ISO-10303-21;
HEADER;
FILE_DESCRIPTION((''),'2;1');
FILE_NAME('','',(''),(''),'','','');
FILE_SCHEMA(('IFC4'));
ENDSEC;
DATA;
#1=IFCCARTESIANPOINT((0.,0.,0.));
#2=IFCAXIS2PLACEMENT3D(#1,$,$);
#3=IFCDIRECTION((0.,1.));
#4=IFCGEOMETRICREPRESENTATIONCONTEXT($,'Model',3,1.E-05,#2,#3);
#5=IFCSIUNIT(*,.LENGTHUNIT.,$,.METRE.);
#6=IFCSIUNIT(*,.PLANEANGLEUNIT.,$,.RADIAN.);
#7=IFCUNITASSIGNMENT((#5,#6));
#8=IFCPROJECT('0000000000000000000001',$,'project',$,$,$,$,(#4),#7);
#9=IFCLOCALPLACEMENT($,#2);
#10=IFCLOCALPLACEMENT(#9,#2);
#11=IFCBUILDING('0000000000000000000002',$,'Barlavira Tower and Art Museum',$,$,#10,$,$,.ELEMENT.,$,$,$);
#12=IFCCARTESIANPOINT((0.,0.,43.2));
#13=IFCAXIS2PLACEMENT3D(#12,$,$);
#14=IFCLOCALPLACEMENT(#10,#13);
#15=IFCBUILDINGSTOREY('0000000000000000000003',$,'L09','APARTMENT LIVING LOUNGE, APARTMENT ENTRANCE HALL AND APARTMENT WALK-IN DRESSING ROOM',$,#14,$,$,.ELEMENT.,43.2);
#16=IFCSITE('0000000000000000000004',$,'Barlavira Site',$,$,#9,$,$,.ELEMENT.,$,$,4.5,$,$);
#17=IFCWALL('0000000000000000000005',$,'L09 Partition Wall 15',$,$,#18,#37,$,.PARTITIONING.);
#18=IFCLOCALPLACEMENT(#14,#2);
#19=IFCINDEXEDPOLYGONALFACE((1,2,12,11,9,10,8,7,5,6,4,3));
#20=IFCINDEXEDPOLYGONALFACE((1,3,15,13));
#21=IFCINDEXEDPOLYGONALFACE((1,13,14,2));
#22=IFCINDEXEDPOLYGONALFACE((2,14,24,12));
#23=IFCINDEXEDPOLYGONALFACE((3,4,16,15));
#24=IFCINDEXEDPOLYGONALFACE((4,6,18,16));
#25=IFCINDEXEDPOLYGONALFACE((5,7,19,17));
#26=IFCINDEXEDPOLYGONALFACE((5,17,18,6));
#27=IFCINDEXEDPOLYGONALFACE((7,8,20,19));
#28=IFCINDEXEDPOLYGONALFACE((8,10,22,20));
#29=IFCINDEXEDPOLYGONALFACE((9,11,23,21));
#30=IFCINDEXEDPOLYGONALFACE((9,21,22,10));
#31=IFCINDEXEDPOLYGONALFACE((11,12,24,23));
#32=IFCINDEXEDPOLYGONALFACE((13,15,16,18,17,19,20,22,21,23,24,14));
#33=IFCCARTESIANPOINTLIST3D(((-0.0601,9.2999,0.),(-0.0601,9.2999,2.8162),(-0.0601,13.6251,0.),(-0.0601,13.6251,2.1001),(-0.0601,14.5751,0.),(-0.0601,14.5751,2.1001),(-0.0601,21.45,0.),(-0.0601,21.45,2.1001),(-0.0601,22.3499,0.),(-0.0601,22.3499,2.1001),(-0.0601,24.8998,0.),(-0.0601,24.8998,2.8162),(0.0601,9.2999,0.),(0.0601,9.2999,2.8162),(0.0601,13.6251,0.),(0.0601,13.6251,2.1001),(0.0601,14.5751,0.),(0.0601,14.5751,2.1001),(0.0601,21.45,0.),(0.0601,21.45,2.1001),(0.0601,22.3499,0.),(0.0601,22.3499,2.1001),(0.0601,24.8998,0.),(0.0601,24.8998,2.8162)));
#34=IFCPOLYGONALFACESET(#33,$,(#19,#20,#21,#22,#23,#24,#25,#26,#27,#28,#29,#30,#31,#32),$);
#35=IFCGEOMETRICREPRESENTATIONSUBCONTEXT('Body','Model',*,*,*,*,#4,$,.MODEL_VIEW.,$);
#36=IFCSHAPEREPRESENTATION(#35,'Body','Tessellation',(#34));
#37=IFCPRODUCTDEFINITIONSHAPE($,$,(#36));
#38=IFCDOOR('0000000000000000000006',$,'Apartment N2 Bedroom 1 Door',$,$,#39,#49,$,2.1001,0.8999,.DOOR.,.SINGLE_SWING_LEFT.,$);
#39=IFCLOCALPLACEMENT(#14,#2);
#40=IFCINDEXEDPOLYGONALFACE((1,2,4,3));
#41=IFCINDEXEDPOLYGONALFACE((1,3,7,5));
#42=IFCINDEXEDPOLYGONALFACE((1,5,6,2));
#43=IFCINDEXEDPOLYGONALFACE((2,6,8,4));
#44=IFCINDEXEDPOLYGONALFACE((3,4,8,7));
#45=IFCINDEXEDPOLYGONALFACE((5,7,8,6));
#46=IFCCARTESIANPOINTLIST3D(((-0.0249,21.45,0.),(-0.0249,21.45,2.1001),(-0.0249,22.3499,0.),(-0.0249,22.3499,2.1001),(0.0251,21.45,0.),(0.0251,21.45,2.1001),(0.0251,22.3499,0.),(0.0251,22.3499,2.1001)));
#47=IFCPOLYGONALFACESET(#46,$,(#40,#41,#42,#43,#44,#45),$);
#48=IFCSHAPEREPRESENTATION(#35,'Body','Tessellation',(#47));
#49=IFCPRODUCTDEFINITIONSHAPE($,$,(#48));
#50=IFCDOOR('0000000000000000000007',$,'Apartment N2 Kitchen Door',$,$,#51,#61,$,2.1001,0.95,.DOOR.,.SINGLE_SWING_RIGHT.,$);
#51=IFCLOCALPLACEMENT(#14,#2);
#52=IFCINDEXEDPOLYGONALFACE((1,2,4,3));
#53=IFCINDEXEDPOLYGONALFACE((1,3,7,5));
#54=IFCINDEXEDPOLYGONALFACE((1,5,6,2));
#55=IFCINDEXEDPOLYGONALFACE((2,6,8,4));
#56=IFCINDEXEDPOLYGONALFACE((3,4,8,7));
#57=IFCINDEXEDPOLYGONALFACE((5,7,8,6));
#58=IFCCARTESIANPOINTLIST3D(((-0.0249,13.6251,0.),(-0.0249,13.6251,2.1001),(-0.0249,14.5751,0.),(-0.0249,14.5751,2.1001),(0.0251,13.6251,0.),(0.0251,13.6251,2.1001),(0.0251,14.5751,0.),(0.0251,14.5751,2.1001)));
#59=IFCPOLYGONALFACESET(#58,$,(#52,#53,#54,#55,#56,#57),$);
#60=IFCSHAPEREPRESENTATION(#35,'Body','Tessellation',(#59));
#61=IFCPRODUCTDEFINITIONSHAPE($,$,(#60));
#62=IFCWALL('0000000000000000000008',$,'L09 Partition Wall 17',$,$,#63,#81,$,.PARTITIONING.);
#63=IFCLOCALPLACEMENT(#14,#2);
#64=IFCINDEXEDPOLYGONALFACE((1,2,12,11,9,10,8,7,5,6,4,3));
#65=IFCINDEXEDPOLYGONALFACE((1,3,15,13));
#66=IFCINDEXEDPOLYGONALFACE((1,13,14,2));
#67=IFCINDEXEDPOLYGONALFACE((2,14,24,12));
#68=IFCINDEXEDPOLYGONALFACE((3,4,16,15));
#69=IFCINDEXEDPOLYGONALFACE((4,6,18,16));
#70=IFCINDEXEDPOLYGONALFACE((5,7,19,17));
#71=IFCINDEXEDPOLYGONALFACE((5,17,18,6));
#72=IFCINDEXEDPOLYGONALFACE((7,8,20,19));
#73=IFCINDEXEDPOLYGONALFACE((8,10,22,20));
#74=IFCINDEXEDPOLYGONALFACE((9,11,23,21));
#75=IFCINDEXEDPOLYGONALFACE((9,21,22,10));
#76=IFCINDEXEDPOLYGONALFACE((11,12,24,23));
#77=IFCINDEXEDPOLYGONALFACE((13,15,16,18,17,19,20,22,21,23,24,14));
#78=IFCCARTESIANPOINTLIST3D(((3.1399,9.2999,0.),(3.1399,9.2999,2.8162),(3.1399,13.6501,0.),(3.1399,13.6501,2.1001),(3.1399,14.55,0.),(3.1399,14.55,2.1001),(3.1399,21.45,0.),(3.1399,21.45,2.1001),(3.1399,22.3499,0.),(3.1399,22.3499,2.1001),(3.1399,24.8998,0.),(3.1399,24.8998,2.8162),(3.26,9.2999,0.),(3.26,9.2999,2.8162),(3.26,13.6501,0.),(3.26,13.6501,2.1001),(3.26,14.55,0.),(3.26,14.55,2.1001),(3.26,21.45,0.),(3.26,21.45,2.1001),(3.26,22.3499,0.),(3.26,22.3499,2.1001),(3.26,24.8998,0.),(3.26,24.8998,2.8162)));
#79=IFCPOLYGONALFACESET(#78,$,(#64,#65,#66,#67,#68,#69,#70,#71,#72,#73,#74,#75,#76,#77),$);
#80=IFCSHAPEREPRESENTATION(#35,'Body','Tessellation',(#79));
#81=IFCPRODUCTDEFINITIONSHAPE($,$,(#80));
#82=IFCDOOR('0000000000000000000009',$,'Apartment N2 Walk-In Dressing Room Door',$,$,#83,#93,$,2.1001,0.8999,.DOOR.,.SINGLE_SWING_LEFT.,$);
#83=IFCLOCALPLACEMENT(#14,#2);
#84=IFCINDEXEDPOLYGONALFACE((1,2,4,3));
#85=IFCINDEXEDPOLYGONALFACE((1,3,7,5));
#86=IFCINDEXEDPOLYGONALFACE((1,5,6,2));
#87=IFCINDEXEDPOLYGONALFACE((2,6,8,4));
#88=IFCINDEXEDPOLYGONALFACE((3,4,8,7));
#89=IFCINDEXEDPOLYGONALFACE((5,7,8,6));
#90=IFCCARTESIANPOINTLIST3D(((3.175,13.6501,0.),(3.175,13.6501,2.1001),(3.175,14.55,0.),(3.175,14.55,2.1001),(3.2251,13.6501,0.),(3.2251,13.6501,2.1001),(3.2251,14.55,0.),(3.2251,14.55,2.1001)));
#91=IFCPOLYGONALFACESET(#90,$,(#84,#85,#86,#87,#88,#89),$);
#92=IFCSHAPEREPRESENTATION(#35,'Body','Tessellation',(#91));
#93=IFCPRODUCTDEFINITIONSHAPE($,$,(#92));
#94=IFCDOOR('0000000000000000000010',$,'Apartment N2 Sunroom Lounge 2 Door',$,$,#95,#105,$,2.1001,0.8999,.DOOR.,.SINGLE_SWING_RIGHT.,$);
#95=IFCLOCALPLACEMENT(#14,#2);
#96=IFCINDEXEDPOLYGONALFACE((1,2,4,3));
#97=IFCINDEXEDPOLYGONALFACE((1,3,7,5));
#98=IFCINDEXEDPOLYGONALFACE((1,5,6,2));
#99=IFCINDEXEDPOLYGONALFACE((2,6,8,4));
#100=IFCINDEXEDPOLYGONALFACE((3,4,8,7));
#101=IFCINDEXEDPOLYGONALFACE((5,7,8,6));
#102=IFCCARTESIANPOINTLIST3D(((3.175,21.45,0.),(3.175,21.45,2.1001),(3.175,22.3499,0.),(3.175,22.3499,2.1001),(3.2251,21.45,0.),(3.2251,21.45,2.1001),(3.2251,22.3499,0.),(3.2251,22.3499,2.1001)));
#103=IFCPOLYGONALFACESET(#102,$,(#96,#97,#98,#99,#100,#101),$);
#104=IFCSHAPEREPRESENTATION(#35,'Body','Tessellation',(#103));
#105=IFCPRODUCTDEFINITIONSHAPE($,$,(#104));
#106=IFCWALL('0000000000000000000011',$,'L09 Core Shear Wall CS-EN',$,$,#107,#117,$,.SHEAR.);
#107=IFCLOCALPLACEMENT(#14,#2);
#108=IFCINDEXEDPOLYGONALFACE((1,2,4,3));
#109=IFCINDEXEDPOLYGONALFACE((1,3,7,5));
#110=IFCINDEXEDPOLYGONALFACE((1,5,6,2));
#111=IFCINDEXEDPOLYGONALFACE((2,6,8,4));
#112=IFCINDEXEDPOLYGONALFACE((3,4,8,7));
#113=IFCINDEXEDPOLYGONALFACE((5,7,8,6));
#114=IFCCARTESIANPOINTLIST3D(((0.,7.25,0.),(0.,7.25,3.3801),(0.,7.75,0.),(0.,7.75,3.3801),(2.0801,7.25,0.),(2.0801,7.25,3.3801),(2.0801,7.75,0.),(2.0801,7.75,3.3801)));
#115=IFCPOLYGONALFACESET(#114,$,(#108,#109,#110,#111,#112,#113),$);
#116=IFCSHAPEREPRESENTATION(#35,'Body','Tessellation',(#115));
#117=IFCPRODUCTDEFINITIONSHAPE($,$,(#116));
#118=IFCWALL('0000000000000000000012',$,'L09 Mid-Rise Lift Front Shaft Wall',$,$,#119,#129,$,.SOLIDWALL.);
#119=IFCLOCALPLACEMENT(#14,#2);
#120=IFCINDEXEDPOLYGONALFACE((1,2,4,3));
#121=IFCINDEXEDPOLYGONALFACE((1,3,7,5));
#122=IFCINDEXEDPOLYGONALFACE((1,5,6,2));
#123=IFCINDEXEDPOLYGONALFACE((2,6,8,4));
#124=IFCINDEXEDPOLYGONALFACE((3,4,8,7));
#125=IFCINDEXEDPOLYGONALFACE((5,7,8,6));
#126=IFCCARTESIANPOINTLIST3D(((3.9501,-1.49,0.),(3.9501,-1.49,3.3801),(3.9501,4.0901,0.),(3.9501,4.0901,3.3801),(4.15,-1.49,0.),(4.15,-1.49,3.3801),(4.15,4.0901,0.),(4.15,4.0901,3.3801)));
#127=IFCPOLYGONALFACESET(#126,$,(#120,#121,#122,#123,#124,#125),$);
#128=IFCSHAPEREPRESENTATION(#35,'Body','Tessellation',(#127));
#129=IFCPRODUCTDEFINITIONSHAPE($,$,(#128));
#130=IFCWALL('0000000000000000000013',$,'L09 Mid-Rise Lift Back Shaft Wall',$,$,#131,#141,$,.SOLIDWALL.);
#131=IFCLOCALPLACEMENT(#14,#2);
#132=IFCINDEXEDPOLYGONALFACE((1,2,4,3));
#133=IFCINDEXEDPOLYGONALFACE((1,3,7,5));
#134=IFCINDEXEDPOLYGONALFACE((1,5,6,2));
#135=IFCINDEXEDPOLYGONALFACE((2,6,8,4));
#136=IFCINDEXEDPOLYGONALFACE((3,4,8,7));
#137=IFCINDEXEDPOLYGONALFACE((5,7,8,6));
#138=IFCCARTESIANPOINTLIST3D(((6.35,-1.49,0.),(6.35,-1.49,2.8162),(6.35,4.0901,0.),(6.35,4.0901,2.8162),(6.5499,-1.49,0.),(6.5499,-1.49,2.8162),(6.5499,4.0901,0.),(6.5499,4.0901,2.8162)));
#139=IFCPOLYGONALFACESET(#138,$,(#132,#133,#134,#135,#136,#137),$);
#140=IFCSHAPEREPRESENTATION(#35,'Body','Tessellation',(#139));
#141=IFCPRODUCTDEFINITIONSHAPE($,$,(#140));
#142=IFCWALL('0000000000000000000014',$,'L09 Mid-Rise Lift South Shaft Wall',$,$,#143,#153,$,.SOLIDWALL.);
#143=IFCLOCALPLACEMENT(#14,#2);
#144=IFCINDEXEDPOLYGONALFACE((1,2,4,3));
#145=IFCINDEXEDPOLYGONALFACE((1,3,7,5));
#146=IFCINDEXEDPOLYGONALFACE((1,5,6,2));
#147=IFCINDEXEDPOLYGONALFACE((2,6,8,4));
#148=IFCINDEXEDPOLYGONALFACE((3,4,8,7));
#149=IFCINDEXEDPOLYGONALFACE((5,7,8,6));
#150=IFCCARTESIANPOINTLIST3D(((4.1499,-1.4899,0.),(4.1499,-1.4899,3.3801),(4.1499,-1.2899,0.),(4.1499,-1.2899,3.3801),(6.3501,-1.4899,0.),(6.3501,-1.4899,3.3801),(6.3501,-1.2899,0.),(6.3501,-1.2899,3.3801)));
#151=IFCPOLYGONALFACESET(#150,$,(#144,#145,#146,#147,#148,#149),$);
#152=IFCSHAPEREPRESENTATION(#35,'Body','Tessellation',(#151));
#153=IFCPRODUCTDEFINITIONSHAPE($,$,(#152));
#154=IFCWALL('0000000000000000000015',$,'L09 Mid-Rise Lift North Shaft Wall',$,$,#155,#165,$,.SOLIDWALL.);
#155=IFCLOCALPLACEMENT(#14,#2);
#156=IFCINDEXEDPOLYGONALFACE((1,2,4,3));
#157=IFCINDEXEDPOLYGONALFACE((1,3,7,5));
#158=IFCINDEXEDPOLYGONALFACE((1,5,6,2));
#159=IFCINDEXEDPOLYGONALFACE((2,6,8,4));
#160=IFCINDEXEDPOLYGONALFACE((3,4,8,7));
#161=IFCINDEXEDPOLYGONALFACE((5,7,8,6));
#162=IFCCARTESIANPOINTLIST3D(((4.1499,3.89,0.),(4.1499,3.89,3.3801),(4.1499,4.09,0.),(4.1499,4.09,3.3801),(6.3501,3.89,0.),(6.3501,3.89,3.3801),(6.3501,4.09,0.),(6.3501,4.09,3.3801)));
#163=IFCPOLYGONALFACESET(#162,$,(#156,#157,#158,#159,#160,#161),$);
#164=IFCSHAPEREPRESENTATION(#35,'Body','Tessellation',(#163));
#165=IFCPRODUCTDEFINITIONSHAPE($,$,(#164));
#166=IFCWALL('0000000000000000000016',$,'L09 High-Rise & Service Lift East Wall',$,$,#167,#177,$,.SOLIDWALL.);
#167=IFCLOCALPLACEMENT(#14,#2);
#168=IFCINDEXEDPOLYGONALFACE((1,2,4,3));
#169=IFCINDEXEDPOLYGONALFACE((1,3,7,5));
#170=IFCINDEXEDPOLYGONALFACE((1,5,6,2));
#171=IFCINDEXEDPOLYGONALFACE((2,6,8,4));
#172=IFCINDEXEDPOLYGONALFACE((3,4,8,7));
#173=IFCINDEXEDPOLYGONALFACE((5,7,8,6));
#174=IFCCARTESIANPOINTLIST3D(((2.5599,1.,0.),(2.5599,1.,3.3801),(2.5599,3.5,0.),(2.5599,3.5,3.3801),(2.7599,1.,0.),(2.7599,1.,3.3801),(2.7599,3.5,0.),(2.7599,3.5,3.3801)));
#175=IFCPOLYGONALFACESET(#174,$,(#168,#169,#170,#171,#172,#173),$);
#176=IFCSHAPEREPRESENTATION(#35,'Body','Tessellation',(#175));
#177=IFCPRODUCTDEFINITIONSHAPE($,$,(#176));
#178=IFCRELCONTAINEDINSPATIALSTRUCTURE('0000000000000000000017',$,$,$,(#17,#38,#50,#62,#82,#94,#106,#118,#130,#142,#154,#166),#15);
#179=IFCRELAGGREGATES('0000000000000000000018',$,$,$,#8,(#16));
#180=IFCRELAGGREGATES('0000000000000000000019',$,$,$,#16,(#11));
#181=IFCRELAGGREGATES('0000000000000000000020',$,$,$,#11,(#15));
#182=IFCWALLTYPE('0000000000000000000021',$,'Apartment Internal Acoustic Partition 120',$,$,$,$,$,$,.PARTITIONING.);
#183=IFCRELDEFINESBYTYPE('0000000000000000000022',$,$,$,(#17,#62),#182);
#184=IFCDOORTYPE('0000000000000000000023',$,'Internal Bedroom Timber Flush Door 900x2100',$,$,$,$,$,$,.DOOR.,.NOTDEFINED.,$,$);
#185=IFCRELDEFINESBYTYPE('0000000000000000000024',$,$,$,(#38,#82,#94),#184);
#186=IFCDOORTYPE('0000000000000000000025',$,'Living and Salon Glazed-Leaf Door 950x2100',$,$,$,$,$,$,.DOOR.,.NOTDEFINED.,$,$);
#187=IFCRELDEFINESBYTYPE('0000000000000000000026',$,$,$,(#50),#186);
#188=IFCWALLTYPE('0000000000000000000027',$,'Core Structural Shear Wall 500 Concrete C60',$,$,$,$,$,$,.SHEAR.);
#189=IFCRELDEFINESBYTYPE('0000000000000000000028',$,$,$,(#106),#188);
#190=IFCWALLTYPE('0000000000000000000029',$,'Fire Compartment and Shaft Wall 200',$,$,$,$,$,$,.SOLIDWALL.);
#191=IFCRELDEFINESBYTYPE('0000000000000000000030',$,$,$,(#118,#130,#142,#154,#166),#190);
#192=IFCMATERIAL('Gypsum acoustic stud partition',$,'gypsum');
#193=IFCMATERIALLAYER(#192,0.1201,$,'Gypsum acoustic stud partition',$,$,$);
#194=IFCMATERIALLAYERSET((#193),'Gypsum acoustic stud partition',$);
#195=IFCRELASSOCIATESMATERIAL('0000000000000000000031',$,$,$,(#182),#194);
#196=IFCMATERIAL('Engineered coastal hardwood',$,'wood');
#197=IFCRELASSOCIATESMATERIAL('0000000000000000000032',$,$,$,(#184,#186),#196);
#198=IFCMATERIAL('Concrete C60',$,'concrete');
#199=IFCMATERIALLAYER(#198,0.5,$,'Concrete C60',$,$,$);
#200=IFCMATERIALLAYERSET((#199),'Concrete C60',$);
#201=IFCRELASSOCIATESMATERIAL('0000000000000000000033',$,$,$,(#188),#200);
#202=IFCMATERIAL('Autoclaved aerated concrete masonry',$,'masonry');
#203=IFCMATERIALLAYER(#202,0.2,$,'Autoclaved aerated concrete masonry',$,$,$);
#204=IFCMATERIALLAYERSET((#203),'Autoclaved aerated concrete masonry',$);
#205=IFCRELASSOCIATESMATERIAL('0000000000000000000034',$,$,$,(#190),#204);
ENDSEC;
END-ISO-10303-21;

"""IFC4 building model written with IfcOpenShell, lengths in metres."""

from ifc_helpers import new_model, si_unit, direction, frame, frame_2d, origin, place, context, subcontext, project, spatial, rectangle, extrude, material, layer, layer_set, type_object, element, fill, save


model = new_model("IFC4")

# Units and contexts
model_context = context("Model", 3, precision=1e-05, world=origin(), true_north=direction((0.0, 1.0)))
body_context = subcontext(model_context, "Body", "Model", "MODEL_VIEW")
ifc_project = project(units=[si_unit("LENGTHUNIT", "METRE"), si_unit("PLANEANGLEUNIT", "RADIAN")], contexts=[model_context])

# Site, building, storey
site_placement = place(None, origin())
site = spatial("IfcSite", under=ifc_project, at=site_placement, Name="Barlavira Site", CompositionType="ELEMENT", RefElevation=4.5)
building_placement = place(site_placement, origin())
building = spatial("IfcBuilding", under=site, at=building_placement, Name="Barlavira Tower and Art Museum", CompositionType="ELEMENT")
storey_placement = place(building_placement, frame((0.0, 0.0, 43.2)))
storey = spatial("IfcBuildingStorey", under=building, at=storey_placement, Name="L09", Description="APARTMENT LIVING LOUNGE, APARTMENT ENTRANCE HALL AND APARTMENT WALK-IN DRESSING ROOM", CompositionType="ELEMENT", Elevation=43.2)

# Walls, openings, doors
ifc_material_1 = material(Name="Gypsum acoustic stud partition", Category="gypsum")
ifc_layer_1 = layer(ifc_material_1, 0.1201, Name="Gypsum acoustic stud partition")
ifc_layer_set_1 = layer_set([ifc_layer_1], Name="Gypsum acoustic stud partition")
wall_type_1 = type_object("IfcWallType", Name="Apartment Internal Acoustic Partition 120", PredefinedType="PARTITIONING", material=ifc_layer_set_1)
wall_1_placement = place(storey_placement, frame((0.0, 9.3, 0.0), z_axis=(0.0, 0.0, 1.0), x_axis=(0.0, 1.0, 0.0)))
wall_1 = element("IfcWall", 1, at=wall_1_placement, inside=storey, type_object=wall_type_1, Name="L09 Partition Wall 15", PredefinedType="PARTITIONING", context=body_context, shape_type="SweptSolid", body=[
    extrude(rectangle(XDim=15.5999, YDim=0.1201, at=frame_2d((7.7998, 0.0))), origin(), (0.0, 0.0, 1.0), 2.8162),
])
opening_1_placement = place(wall_1_placement, frame((4.325, 0.0, 0.0)))
opening_1 = element("IfcOpeningElement", 2, at=opening_1_placement, cuts=wall_1, PredefinedType="OPENING", context=body_context, shape_type="SweptSolid", body=[
    extrude(rectangle(XDim=0.95, YDim=2.1001, at=frame_2d((0.4751, 1.05))), frame((0.0, 0.0701, 0.0), z_axis=(0.0, -1.0, 0.0), x_axis=(1.0, 0.0, 0.0)), (0.0, 0.0, 1.0), 0.1401),
])
opening_2_placement = place(wall_1_placement, frame((12.1499, 0.0, 0.0)))
opening_2 = element("IfcOpeningElement", 3, at=opening_2_placement, cuts=wall_1, PredefinedType="OPENING", context=body_context, shape_type="SweptSolid", body=[
    extrude(rectangle(XDim=0.8999, YDim=2.1001, at=frame_2d((0.45, 1.05))), frame((0.0, 0.0701, 0.0), z_axis=(0.0, -1.0, 0.0), x_axis=(1.0, 0.0, 0.0)), (0.0, 0.0, 1.0), 0.1401),
])
ifc_material_2 = material(Name="Engineered coastal hardwood", Category="wood")
door_type_1 = type_object("IfcDoorType", Name="Internal Bedroom Timber Flush Door 900x2100", OperationType="NOTDEFINED", PredefinedType="DOOR", material=ifc_material_2)
door_1_placement = place(opening_2_placement, origin())
door_1 = element("IfcDoor", 4, at=door_1_placement, inside=storey, type_object=door_type_1, Name="Apartment N2 Bedroom 1 Door", OperationType="SINGLE_SWING_LEFT", OverallHeight=2.1001, OverallWidth=0.8999, PredefinedType="DOOR", context=body_context, shape_type="SweptSolid", body=[
    extrude(rectangle(XDim=0.8999, YDim=2.1001, at=frame_2d((0.45, 1.05))), frame((0.0, 0.0249, 0.0), z_axis=(0.0, -1.0, 0.0), x_axis=(1.0, 0.0, 0.0)), (0.0, 0.0, 1.0), 0.05),
])
fill(opening_2, door_1)
door_type_2 = type_object("IfcDoorType", Name="Living and Salon Glazed-Leaf Door 950x2100", OperationType="NOTDEFINED", PredefinedType="DOOR", material=ifc_material_2)
door_2_placement = place(opening_1_placement, origin())
door_2 = element("IfcDoor", 5, at=door_2_placement, inside=storey, type_object=door_type_2, Name="Apartment N2 Kitchen Door", OperationType="SINGLE_SWING_RIGHT", OverallHeight=2.1001, OverallWidth=0.95, PredefinedType="DOOR", context=body_context, shape_type="SweptSolid", body=[
    extrude(rectangle(XDim=0.95, YDim=2.1001, at=frame_2d((0.4751, 1.05))), frame((0.0, 0.0249, 0.0), z_axis=(0.0, -1.0, 0.0), x_axis=(1.0, 0.0, 0.0)), (0.0, 0.0, 1.0), 0.05),
])
fill(opening_1, door_2)
wall_2_placement = place(storey_placement, frame((3.2, 9.3, 0.0), z_axis=(0.0, 0.0, 1.0), x_axis=(0.0, 1.0, 0.0)))
wall_2 = element("IfcWall", 6, at=wall_2_placement, inside=storey, type_object=wall_type_1, Name="L09 Partition Wall 17", PredefinedType="PARTITIONING", context=body_context, shape_type="SweptSolid", body=[
    extrude(rectangle(XDim=15.5999, YDim=0.1201, at=frame_2d((7.7998, 0.0))), origin(), (0.0, 0.0, 1.0), 2.8162),
])
opening_3_placement = place(wall_2_placement, frame((4.3501, 0.0, 0.0)))
opening_3 = element("IfcOpeningElement", 7, at=opening_3_placement, cuts=wall_2, PredefinedType="OPENING", context=body_context, shape_type="SweptSolid", body=[
    extrude(rectangle(XDim=0.8999, YDim=2.1001, at=frame_2d((0.45, 1.05))), frame((0.0, 0.0701, 0.0), z_axis=(0.0, -1.0, 0.0), x_axis=(1.0, 0.0, 0.0)), (0.0, 0.0, 1.0), 0.1401),
])
opening_4_placement = place(wall_2_placement, frame((12.1499, 0.0, 0.0)))
opening_4 = element("IfcOpeningElement", 8, at=opening_4_placement, cuts=wall_2, PredefinedType="OPENING", context=body_context, shape_type="SweptSolid", body=[
    extrude(rectangle(XDim=0.8999, YDim=2.1001, at=frame_2d((0.45, 1.05))), frame((0.0, 0.0701, 0.0), z_axis=(0.0, -1.0, 0.0), x_axis=(1.0, 0.0, 0.0)), (0.0, 0.0, 1.0), 0.1401),
])
door_3_placement = place(opening_3_placement, origin())
door_3 = element("IfcDoor", 9, at=door_3_placement, inside=storey, type_object=door_type_1, Name="Apartment N2 Walk-In Dressing Room Door", OperationType="SINGLE_SWING_LEFT", OverallHeight=2.1001, OverallWidth=0.8999, PredefinedType="DOOR", context=body_context, shape_type="SweptSolid", body=[
    extrude(rectangle(XDim=0.8999, YDim=2.1001, at=frame_2d((0.45, 1.05))), frame((0.0, 0.0249, 0.0), z_axis=(0.0, -1.0, 0.0), x_axis=(1.0, 0.0, 0.0)), (0.0, 0.0, 1.0), 0.05),
])
fill(opening_3, door_3)
door_4_placement = place(opening_4_placement, origin())
door_4 = element("IfcDoor", 10, at=door_4_placement, inside=storey, type_object=door_type_1, Name="Apartment N2 Sunroom Lounge 2 Door", OperationType="SINGLE_SWING_RIGHT", OverallHeight=2.1001, OverallWidth=0.8999, PredefinedType="DOOR", context=body_context, shape_type="SweptSolid", body=[
    extrude(rectangle(XDim=0.8999, YDim=2.1001, at=frame_2d((0.45, 1.05))), frame((0.0, 0.0249, 0.0), z_axis=(0.0, -1.0, 0.0), x_axis=(1.0, 0.0, 0.0)), (0.0, 0.0, 1.0), 0.05),
])
fill(opening_4, door_4)

# Walls
ifc_material_3 = material(Name="Concrete C60", Category="concrete")
ifc_layer_2 = layer(ifc_material_3, 0.5, Name="Concrete C60")
ifc_layer_set_2 = layer_set([ifc_layer_2], Name="Concrete C60")
wall_type_2 = type_object("IfcWallType", Name="Core Structural Shear Wall 500 Concrete C60", PredefinedType="SHEAR", material=ifc_layer_set_2)
wall_3_placement = place(storey_placement, frame((0.0, 7.5, 0.0), z_axis=(0.0, 0.0, 1.0), x_axis=(1.0, 0.0, 0.0)))
element("IfcWall", 11, at=wall_3_placement, inside=storey, type_object=wall_type_2, Name="L09 Core Shear Wall CS-EN", PredefinedType="SHEAR", context=body_context, shape_type="SweptSolid", body=[
    extrude(rectangle(XDim=2.0801, YDim=0.5, at=frame_2d((1.04, 0.0))), origin(), (0.0, 0.0, 1.0), 3.3801),
])
ifc_material_4 = material(Name="Autoclaved aerated concrete masonry", Category="masonry")
ifc_layer_3 = layer(ifc_material_4, 0.2, Name="Autoclaved aerated concrete masonry")
ifc_layer_set_3 = layer_set([ifc_layer_3], Name="Autoclaved aerated concrete masonry")
wall_type_3 = type_object("IfcWallType", Name="Fire Compartment and Shaft Wall 200", PredefinedType="SOLIDWALL", material=ifc_layer_set_3)
wall_4_placement = place(storey_placement, frame((4.05, -1.49, 0.0), z_axis=(0.0, 0.0, 1.0), x_axis=(0.0, 1.0, 0.0)))
element("IfcWall", 12, at=wall_4_placement, inside=storey, type_object=wall_type_3, Name="L09 Mid-Rise Lift Front Shaft Wall", PredefinedType="SOLIDWALL", context=body_context, shape_type="SweptSolid", body=[
    extrude(rectangle(XDim=5.5801, YDim=0.2, at=frame_2d((2.79, 0.0))), origin(), (0.0, 0.0, 1.0), 3.3801),
])
wall_5_placement = place(storey_placement, frame((6.45, -1.49, 0.0), z_axis=(0.0, 0.0, 1.0), x_axis=(0.0, 1.0, 0.0)))
element("IfcWall", 13, at=wall_5_placement, inside=storey, type_object=wall_type_3, Name="L09 Mid-Rise Lift Back Shaft Wall", PredefinedType="SOLIDWALL", context=body_context, shape_type="SweptSolid", body=[
    extrude(rectangle(XDim=5.5801, YDim=0.2, at=frame_2d((2.79, 0.0))), origin(), (0.0, 0.0, 1.0), 2.8162),
])
for number, where, z_axis, x_axis, name in (
    (14, (4.1499, -1.3899, 0.0), (0.0, 0.0, 1.0), (1.0, 0.0, 0.0), "L09 Mid-Rise Lift South Shaft Wall"),
    (15, (4.1499, 3.99, 0.0), (0.0, 0.0, 1.0), (1.0, 0.0, 0.0), "L09 Mid-Rise Lift North Shaft Wall"),
):
    element("IfcWall", number, at=place(storey_placement, frame(where, z_axis=z_axis, x_axis=x_axis)), inside=storey, type_object=wall_type_3, Name=name, PredefinedType="SOLIDWALL", context=body_context, shape_type="SweptSolid", body=[
        extrude(rectangle(XDim=2.2002, YDim=0.2, at=frame_2d((1.1001, 0.0))), origin(), (0.0, 0.0, 1.0), 3.3801),
    ])
wall_6_placement = place(storey_placement, frame((2.6599, 1.0, 0.0), z_axis=(0.0, 0.0, 1.0), x_axis=(0.0, 1.0, 0.0)))
element("IfcWall", 16, at=wall_6_placement, inside=storey, type_object=wall_type_3, Name="L09 High-Rise & Service Lift East Wall", PredefinedType="SOLIDWALL", context=body_context, shape_type="SweptSolid", body=[
    extrude(rectangle(XDim=2.5, YDim=0.2, at=frame_2d((1.25, 0.0))), origin(), (0.0, 0.0, 1.0), 3.3801),
])

save(model, "model.ifc")
